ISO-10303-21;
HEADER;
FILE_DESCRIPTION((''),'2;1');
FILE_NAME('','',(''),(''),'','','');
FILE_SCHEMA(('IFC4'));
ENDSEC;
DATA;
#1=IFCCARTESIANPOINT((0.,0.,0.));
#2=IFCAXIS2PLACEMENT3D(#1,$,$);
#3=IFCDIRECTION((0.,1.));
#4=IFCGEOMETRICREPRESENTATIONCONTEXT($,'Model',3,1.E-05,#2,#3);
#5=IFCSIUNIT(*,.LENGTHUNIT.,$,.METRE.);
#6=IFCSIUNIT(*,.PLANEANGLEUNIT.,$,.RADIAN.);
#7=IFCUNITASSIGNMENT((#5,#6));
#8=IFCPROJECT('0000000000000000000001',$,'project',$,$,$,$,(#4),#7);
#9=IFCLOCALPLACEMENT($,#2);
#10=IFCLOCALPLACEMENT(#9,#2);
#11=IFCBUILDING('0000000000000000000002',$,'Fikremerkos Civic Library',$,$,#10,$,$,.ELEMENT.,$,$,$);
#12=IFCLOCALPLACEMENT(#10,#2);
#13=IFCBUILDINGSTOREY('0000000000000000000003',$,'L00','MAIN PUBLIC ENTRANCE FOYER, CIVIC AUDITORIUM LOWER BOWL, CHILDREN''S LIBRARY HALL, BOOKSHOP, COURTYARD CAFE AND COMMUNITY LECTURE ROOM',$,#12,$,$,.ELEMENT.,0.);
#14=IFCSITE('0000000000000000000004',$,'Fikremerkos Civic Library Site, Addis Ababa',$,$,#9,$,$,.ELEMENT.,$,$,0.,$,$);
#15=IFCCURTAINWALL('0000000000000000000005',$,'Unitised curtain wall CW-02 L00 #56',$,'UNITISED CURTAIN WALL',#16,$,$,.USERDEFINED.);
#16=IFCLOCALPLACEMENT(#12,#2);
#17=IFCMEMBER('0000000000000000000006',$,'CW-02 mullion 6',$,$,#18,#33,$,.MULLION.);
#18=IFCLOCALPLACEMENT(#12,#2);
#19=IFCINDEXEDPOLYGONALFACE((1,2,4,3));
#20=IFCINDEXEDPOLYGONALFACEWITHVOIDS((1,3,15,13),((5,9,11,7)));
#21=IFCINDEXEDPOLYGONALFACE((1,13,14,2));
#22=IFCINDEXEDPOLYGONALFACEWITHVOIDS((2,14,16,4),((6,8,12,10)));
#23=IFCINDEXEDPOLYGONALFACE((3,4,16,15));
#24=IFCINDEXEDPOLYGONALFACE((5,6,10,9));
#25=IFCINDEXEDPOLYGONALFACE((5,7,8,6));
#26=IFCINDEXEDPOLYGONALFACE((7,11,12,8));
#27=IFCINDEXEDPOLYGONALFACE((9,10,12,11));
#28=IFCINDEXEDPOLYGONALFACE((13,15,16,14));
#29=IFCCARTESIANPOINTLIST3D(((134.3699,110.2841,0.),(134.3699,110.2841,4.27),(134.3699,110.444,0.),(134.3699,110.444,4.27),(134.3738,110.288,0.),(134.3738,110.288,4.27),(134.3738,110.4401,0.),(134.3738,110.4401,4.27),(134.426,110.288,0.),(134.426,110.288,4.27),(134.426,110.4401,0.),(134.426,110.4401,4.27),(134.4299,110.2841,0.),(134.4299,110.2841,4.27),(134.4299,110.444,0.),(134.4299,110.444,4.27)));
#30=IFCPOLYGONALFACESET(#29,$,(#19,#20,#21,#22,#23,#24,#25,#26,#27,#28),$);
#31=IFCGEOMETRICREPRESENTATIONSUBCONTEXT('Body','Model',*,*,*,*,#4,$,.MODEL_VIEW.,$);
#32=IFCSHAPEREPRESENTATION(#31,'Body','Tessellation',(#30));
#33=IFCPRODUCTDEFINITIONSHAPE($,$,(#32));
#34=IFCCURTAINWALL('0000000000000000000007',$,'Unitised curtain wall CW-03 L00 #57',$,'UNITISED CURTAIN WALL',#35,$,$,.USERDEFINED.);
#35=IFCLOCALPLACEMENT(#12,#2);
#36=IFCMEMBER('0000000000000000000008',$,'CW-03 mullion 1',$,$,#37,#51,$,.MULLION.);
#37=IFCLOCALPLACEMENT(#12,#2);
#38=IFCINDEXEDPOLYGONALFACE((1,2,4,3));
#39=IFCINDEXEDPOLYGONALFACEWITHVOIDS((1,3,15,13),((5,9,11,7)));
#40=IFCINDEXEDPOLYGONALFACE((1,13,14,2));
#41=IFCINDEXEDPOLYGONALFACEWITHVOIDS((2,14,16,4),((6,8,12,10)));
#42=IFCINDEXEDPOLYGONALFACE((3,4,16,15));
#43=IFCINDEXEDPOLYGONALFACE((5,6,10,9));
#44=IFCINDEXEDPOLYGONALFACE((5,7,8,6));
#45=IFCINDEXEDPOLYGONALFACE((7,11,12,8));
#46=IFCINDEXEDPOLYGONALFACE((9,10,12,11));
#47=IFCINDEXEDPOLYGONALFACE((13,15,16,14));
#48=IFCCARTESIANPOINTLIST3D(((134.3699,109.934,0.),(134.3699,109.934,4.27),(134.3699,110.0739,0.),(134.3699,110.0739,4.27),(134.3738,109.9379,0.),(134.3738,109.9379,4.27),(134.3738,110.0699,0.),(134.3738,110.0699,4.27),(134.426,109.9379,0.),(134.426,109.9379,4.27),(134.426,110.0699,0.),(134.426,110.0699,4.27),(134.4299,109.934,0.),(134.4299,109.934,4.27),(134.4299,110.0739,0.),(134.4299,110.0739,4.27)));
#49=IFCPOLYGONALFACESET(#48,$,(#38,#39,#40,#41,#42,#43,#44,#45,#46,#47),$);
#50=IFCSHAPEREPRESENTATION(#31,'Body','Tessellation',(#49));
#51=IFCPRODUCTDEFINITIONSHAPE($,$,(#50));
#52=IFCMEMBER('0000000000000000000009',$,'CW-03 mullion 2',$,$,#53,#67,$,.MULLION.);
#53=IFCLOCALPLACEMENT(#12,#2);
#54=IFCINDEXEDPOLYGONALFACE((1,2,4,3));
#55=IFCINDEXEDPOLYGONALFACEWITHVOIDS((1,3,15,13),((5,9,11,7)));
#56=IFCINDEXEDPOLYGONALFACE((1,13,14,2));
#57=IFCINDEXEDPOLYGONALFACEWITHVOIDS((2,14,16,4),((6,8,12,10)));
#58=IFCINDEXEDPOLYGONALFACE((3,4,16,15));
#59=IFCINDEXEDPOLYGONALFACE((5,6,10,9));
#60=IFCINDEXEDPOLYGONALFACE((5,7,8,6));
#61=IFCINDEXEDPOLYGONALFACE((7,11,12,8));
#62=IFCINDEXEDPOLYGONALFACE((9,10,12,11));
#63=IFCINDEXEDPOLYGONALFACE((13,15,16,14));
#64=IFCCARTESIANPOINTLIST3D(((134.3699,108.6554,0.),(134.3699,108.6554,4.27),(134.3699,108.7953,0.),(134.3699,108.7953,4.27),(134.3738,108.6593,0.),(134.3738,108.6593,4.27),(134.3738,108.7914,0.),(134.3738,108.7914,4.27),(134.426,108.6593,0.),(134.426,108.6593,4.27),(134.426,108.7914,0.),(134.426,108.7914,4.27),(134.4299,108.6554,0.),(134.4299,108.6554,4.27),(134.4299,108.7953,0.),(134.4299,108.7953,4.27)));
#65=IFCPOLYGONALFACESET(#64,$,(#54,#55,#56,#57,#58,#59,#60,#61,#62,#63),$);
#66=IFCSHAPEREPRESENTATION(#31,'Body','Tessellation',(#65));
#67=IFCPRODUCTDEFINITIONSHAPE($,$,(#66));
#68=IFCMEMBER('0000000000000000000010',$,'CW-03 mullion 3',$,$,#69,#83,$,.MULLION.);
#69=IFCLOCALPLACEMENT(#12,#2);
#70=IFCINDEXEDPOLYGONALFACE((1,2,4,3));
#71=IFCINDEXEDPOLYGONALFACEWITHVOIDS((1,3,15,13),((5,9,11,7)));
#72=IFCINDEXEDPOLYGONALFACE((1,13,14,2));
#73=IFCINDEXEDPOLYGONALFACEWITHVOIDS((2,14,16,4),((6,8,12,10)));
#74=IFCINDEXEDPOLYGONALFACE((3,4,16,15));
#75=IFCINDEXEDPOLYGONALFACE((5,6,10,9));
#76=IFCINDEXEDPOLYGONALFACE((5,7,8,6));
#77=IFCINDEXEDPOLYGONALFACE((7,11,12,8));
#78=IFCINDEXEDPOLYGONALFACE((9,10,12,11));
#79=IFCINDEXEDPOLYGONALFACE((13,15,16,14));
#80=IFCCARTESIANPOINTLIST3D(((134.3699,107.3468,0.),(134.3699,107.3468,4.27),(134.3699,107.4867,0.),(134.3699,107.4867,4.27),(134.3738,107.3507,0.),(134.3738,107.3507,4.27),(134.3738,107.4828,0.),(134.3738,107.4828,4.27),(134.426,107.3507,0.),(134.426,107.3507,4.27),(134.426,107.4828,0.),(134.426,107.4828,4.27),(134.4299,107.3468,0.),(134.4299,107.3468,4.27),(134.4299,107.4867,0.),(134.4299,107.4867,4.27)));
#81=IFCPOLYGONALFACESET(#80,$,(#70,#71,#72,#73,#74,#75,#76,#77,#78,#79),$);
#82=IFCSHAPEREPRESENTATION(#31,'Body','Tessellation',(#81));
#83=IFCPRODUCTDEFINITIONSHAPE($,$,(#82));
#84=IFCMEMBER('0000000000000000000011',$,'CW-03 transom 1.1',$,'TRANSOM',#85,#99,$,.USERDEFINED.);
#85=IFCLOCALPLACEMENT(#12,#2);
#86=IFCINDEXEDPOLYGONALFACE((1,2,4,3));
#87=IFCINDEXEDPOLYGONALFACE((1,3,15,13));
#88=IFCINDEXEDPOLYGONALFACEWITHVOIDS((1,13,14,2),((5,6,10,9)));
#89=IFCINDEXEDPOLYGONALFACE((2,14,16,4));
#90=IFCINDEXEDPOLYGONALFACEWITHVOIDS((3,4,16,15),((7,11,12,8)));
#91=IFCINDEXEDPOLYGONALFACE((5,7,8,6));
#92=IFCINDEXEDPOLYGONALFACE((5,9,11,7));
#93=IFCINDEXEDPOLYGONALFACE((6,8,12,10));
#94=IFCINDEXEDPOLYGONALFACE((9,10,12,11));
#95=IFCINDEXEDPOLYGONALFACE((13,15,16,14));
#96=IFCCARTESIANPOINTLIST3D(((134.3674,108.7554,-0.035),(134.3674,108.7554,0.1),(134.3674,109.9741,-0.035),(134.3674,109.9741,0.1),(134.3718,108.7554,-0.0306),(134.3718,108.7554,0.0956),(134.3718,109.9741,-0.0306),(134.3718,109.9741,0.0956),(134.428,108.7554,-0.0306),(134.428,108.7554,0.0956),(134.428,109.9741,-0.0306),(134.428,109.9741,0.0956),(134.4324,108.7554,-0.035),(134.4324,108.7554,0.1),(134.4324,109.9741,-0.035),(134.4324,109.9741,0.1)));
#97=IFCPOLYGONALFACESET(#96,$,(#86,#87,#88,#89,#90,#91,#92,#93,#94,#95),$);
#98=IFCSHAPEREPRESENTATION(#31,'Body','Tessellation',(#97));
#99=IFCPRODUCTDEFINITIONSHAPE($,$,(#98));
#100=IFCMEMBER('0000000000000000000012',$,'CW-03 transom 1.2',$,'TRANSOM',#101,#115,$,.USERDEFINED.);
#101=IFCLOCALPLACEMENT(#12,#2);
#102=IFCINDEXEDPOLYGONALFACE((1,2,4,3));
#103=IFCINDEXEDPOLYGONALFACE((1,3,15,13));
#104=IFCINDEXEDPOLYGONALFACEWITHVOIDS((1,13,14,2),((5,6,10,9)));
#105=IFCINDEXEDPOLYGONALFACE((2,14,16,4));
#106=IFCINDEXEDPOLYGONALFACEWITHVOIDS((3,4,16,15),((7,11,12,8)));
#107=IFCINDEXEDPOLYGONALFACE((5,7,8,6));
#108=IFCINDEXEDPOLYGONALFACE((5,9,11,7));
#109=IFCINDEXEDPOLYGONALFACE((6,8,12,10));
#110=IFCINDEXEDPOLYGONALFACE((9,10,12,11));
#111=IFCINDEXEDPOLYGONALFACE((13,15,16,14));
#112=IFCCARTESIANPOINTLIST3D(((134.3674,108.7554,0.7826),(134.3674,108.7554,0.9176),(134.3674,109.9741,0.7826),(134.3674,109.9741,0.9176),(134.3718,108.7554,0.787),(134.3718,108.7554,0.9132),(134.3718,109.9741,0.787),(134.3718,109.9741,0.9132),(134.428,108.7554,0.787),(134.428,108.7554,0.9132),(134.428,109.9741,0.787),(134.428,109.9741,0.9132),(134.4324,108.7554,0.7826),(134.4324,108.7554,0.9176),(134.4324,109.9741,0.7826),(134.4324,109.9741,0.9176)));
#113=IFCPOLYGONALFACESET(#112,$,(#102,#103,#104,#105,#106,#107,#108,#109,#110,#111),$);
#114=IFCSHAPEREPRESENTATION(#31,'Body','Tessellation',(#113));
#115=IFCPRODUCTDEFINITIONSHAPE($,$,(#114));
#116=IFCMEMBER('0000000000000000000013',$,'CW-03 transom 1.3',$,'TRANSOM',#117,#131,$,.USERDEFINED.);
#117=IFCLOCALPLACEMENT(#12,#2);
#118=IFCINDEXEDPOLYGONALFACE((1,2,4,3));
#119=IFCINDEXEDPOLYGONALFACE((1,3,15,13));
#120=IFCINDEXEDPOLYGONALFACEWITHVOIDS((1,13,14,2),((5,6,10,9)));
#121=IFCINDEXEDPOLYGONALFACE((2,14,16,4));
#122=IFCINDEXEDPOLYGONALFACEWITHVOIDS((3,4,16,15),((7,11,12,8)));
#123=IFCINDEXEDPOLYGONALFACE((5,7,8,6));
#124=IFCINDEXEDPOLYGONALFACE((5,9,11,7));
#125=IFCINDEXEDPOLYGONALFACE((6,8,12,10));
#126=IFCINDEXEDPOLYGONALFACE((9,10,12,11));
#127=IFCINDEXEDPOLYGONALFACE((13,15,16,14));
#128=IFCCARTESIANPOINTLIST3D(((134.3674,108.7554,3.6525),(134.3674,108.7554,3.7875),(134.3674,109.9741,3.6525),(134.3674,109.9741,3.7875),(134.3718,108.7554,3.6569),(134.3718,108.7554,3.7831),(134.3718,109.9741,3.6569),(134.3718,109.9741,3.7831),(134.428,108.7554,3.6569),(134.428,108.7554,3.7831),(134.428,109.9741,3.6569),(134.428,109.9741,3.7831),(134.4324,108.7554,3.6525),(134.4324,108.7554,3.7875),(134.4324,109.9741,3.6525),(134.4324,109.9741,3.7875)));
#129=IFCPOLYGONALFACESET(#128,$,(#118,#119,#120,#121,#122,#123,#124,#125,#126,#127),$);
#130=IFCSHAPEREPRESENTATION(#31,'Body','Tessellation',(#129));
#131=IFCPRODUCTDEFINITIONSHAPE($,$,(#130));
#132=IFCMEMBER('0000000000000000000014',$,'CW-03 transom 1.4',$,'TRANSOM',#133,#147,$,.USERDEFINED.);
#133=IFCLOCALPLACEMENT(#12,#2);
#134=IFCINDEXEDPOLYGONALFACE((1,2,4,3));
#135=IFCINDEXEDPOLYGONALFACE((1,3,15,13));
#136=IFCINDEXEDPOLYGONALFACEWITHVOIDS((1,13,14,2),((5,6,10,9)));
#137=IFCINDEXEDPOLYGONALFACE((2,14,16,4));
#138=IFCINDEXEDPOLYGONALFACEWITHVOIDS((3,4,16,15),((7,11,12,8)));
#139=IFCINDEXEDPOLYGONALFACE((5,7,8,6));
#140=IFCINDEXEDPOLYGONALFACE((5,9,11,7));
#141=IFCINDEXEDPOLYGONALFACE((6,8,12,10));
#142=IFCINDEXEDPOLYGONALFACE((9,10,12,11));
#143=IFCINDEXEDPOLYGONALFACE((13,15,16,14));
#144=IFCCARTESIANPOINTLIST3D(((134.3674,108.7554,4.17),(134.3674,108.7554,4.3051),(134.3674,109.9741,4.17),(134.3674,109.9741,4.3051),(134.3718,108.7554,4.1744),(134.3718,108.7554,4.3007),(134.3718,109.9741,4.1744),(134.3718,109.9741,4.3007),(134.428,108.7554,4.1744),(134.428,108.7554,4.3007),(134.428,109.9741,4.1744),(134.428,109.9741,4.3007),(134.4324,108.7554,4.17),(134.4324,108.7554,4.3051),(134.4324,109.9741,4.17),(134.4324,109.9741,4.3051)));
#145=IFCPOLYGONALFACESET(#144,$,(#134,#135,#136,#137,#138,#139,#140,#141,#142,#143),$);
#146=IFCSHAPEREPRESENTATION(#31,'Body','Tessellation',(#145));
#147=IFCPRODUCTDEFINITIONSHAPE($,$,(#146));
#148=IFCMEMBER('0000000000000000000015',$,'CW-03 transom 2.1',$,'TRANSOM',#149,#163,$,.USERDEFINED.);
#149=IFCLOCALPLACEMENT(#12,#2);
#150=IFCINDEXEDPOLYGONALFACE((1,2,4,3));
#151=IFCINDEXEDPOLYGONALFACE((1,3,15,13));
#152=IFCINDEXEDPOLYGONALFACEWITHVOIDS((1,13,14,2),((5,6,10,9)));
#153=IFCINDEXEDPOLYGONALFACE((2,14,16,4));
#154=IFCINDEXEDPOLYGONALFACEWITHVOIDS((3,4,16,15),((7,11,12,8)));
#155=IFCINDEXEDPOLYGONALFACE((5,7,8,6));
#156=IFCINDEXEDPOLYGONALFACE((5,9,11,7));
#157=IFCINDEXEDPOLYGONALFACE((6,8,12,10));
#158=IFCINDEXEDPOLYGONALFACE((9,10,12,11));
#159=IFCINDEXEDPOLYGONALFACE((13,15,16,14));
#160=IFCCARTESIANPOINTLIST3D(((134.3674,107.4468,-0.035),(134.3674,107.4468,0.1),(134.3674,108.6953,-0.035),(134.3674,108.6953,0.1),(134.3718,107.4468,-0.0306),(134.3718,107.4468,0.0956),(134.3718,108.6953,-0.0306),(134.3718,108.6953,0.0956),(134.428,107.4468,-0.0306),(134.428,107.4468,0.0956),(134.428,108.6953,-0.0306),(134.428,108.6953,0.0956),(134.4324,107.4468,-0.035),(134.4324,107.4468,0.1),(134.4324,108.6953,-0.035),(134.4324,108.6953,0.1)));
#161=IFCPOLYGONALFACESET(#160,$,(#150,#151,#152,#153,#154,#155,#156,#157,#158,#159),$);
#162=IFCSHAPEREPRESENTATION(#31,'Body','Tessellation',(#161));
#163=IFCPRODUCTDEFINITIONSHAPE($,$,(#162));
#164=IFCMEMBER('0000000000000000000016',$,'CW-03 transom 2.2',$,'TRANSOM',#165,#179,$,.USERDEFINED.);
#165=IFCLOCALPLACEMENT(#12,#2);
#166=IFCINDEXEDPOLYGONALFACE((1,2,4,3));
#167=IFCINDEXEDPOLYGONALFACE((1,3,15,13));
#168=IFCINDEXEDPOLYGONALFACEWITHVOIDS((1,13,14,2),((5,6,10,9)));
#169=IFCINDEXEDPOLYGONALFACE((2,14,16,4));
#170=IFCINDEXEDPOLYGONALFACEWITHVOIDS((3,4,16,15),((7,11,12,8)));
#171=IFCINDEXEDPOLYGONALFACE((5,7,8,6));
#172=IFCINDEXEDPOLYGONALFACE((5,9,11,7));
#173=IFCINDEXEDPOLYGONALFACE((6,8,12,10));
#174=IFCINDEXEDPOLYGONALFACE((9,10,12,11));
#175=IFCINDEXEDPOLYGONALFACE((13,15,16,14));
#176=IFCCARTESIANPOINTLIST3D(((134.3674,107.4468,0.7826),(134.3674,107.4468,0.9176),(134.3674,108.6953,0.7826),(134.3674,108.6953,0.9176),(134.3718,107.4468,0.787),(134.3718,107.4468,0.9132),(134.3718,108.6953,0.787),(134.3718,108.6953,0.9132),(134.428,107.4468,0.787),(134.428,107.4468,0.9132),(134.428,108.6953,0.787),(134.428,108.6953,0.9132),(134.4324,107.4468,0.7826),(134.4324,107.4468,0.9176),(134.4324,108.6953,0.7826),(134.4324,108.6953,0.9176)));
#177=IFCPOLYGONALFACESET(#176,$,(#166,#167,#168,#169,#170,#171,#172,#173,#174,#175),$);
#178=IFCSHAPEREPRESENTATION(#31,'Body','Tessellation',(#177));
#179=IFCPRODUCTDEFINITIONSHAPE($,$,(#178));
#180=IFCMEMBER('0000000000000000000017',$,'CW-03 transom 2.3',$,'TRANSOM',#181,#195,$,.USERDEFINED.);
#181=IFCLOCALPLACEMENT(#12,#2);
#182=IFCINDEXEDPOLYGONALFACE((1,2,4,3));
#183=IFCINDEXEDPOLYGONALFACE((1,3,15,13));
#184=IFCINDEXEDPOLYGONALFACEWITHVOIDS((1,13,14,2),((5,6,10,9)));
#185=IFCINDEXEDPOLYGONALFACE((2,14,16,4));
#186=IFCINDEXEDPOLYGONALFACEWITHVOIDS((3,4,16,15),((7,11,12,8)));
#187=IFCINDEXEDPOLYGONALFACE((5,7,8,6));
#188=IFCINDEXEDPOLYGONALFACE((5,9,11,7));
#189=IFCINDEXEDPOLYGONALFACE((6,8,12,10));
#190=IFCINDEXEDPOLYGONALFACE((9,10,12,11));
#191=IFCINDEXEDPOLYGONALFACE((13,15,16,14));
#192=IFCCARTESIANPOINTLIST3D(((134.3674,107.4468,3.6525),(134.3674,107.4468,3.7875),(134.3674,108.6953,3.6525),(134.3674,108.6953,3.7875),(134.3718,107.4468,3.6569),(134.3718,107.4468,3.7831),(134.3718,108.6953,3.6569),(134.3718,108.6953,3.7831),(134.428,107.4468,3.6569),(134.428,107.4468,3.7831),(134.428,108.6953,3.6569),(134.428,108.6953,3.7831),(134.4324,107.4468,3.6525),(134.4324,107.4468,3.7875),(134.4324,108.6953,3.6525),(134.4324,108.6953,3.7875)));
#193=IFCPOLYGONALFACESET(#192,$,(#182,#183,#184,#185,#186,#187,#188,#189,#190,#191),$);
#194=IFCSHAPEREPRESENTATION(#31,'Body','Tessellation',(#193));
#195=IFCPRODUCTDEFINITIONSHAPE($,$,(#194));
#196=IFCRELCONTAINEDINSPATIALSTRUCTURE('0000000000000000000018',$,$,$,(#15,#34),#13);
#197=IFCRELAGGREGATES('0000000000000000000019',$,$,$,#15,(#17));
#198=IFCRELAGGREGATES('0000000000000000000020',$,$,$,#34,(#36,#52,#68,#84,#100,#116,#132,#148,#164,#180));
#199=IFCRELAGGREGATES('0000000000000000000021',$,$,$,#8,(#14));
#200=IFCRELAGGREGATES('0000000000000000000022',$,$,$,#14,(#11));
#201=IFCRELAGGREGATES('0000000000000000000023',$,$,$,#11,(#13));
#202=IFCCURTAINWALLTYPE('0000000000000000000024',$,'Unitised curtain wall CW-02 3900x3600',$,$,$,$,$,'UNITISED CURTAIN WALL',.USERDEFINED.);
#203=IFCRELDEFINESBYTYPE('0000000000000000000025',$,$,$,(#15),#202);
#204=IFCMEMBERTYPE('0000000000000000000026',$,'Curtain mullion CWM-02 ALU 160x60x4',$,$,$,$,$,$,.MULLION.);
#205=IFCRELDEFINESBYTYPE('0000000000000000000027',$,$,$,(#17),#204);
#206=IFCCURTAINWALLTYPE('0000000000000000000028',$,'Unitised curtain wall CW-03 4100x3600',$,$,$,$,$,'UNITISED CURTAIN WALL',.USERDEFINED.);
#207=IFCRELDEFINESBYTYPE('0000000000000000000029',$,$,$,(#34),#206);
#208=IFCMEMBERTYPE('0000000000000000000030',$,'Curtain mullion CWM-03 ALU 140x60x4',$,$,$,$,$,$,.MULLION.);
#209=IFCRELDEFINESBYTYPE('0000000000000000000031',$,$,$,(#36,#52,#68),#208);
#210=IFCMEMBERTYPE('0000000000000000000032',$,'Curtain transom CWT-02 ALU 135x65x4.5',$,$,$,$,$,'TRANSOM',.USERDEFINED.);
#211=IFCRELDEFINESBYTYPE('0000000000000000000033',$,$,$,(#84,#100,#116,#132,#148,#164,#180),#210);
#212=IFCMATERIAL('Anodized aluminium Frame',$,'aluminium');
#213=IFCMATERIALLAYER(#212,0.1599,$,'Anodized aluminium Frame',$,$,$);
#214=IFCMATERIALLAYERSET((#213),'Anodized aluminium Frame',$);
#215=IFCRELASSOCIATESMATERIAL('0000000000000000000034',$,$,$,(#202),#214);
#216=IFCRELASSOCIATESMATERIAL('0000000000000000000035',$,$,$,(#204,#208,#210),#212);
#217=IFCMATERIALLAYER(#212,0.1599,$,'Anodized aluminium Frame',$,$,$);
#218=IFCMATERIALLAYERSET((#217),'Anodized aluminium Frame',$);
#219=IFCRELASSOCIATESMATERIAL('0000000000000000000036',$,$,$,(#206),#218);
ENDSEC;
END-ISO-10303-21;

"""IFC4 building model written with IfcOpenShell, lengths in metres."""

from ifc_helpers import new_model, si_unit, direction, frame, origin, origin_2d, place, context, subcontext, project, spatial, hollow_rectangle, extrude, material, layer, layer_set, material_profile, profile_set, type_object, element, aggregate, save


model = new_model("IFC4")

# Units and contexts
model_context = context("Model", 3, precision=1e-05, world=origin(), true_north=direction((0.0, 1.0)))
body_context = subcontext(model_context, "Body", "Model", "MODEL_VIEW")
ifc_project = project(units=[si_unit("LENGTHUNIT", "METRE"), si_unit("PLANEANGLEUNIT", "RADIAN")], contexts=[model_context])

# Site, building, storey
site_placement = place(None, origin())
site = spatial("IfcSite", under=ifc_project, at=site_placement, Name="Fikremerkos Civic Library Site, Addis Ababa", CompositionType="ELEMENT", RefElevation=0.0)
building_placement = place(site_placement, origin())
building = spatial("IfcBuilding", under=site, at=building_placement, Name="Fikremerkos Civic Library", CompositionType="ELEMENT")
storey_placement = place(building_placement, origin())
storey = spatial("IfcBuildingStorey", under=building, at=storey_placement, Name="L00", Description="MAIN PUBLIC ENTRANCE FOYER, CIVIC AUDITORIUM LOWER BOWL, CHILDREN'S LIBRARY HALL, BOOKSHOP, COURTYARD CAFE AND COMMUNITY LECTURE ROOM", CompositionType="ELEMENT", Elevation=0.0)

# Curtain wall, member
ifc_material_1 = material(Name="Anodized aluminium Frame", Category="aluminium")
ifc_layer_1 = layer(ifc_material_1, 0.1599, Name="Anodized aluminium Frame")
ifc_layer_set_1 = layer_set([ifc_layer_1], Name="Anodized aluminium Frame")
curtain_wall_type_1 = type_object("IfcCurtainWallType", Name="Unitised curtain wall CW-02 3900x3600", ElementType="UNITISED CURTAIN WALL", PredefinedType="USERDEFINED", material=ifc_layer_set_1)
curtain_wall_1_placement = place(storey_placement, origin())
curtain_wall_1 = element("IfcCurtainWall", 1, at=curtain_wall_1_placement, inside=storey, type_object=curtain_wall_type_1, Name="Unitised curtain wall CW-02 L00 #56", ObjectType="UNITISED CURTAIN WALL", PredefinedType="USERDEFINED")
ifc_material_profile_1 = material_profile(ifc_material_1, hollow_rectangle(XDim=0.0601, YDim=0.1599, WallThickness=0.0039, at=origin_2d()), Name="ALU 160x60x4")
ifc_profile_set_1 = profile_set([ifc_material_profile_1], Name="Anodized aluminium Frame")
member_type_1 = type_object("IfcMemberType", Name="Curtain mullion CWM-02 ALU 160x60x4", PredefinedType="MULLION", material=ifc_profile_set_1)
member_1_placement = place(storey_placement, frame((134.3999, 110.364, 0.0), z_axis=(0.0, 0.0, 1.0), x_axis=(1.0, 0.0, 0.0)))
member_1 = element("IfcMember", 2, at=member_1_placement, type_object=member_type_1, Name="CW-02 mullion 6", PredefinedType="MULLION", context=body_context, shape_type="SweptSolid", body=[
    extrude(hollow_rectangle(XDim=0.0601, YDim=0.1599, WallThickness=0.0039, at=origin_2d()), origin(), (0.0, 0.0, 1.0), 4.27),
])

# Curtain wall, members
ifc_layer_2 = layer(ifc_material_1, 0.1599, Name="Anodized aluminium Frame")
ifc_layer_set_2 = layer_set([ifc_layer_2], Name="Anodized aluminium Frame")
curtain_wall_type_2 = type_object("IfcCurtainWallType", Name="Unitised curtain wall CW-03 4100x3600", ElementType="UNITISED CURTAIN WALL", PredefinedType="USERDEFINED", material=ifc_layer_set_2)
curtain_wall_2_placement = place(storey_placement, origin())
curtain_wall_2 = element("IfcCurtainWall", 3, at=curtain_wall_2_placement, inside=storey, type_object=curtain_wall_type_2, Name="Unitised curtain wall CW-03 L00 #57", ObjectType="UNITISED CURTAIN WALL", PredefinedType="USERDEFINED")
ifc_material_profile_2 = material_profile(ifc_material_1, hollow_rectangle(XDim=0.0601, YDim=0.1399, WallThickness=0.0039, at=origin_2d()), Name="ALU 140x60x4")
ifc_profile_set_2 = profile_set([ifc_material_profile_2], Name="Anodized aluminium Frame")
member_type_2 = type_object("IfcMemberType", Name="Curtain mullion CWM-03 ALU 140x60x4", PredefinedType="MULLION", material=ifc_profile_set_2)
member_2_placement = place(storey_placement, frame((134.3999, 110.0039, 0.0), z_axis=(0.0, 0.0, 1.0), x_axis=(1.0, 0.0, 0.0)))
member_2 = element("IfcMember", 4, at=member_2_placement, type_object=member_type_2, Name="CW-03 mullion 1", PredefinedType="MULLION", context=body_context, shape_type="SweptSolid", body=[
    extrude(hollow_rectangle(XDim=0.0601, YDim=0.1399, WallThickness=0.0039, at=origin_2d()), origin(), (0.0, 0.0, 1.0), 4.27),
])
member_3_placement = place(storey_placement, frame((134.3999, 108.7253, 0.0), z_axis=(0.0, 0.0, 1.0), x_axis=(1.0, 0.0, 0.0)))
member_3 = element("IfcMember", 5, at=member_3_placement, type_object=member_type_2, Name="CW-03 mullion 2", PredefinedType="MULLION", context=body_context, shape_type="SweptSolid", body=[
    extrude(hollow_rectangle(XDim=0.0601, YDim=0.1399, WallThickness=0.0039, at=origin_2d()), origin(), (0.0, 0.0, 1.0), 4.27),
])
member_4_placement = place(storey_placement, frame((134.3999, 107.4167, 0.0), z_axis=(0.0, 0.0, 1.0), x_axis=(1.0, 0.0, 0.0)))
member_4 = element("IfcMember", 6, at=member_4_placement, type_object=member_type_2, Name="CW-03 mullion 3", PredefinedType="MULLION", context=body_context, shape_type="SweptSolid", body=[
    extrude(hollow_rectangle(XDim=0.0601, YDim=0.1399, WallThickness=0.0039, at=origin_2d()), origin(), (0.0, 0.0, 1.0), 4.27),
])
ifc_material_profile_3 = material_profile(ifc_material_1, hollow_rectangle(XDim=0.0649, YDim=0.135, WallThickness=0.0044, at=origin_2d()), Name="ALU 135x65x4.5")
ifc_profile_set_3 = profile_set([ifc_material_profile_3], Name="Anodized aluminium Frame")
member_type_3 = type_object("IfcMemberType", Name="Curtain transom CWT-02 ALU 135x65x4.5", ElementType="TRANSOM", PredefinedType="USERDEFINED", material=ifc_profile_set_3)
member_5_placement = place(storey_placement, frame((134.3999, 109.9741, 0.0325), z_axis=(0.0, -1.0, 0.0), x_axis=(1.0, 0.0, 0.0)))
member_5 = element("IfcMember", 7, at=member_5_placement, type_object=member_type_3, Name="CW-03 transom 1.1", ObjectType="TRANSOM", PredefinedType="USERDEFINED", context=body_context, shape_type="SweptSolid", body=[
    extrude(hollow_rectangle(XDim=0.0649, YDim=0.135, WallThickness=0.0044, at=origin_2d()), origin(), (0.0, 0.0, 1.0), 1.2188),
])
member_6_placement = place(storey_placement, frame((134.3999, 109.9741, 0.8501), z_axis=(0.0, -1.0, 0.0), x_axis=(1.0, 0.0, 0.0)))
member_6 = element("IfcMember", 8, at=member_6_placement, type_object=member_type_3, Name="CW-03 transom 1.2", ObjectType="TRANSOM", PredefinedType="USERDEFINED", context=body_context, shape_type="SweptSolid", body=[
    extrude(hollow_rectangle(XDim=0.0649, YDim=0.135, WallThickness=0.0044, at=origin_2d()), origin(), (0.0, 0.0, 1.0), 1.2188),
])
member_7_placement = place(storey_placement, frame((134.3999, 109.9741, 3.72), z_axis=(0.0, -1.0, 0.0), x_axis=(1.0, 0.0, 0.0)))
member_7 = element("IfcMember", 9, at=member_7_placement, type_object=member_type_3, Name="CW-03 transom 1.3", ObjectType="TRANSOM", PredefinedType="USERDEFINED", context=body_context, shape_type="SweptSolid", body=[
    extrude(hollow_rectangle(XDim=0.0649, YDim=0.135, WallThickness=0.0044, at=origin_2d()), origin(), (0.0, 0.0, 1.0), 1.2188),
])
member_8_placement = place(storey_placement, frame((134.3999, 109.9741, 4.2375), z_axis=(0.0, -1.0, 0.0), x_axis=(1.0, 0.0, 0.0)))
member_8 = element("IfcMember", 10, at=member_8_placement, type_object=member_type_3, Name="CW-03 transom 1.4", ObjectType="TRANSOM", PredefinedType="USERDEFINED", context=body_context, shape_type="SweptSolid", body=[
    extrude(hollow_rectangle(XDim=0.0649, YDim=0.135, WallThickness=0.0044, at=origin_2d()), origin(), (0.0, 0.0, 1.0), 1.2188),
])
member_9_placement = place(storey_placement, frame((134.3999, 108.6953, 0.0325), z_axis=(0.0, -1.0, 0.0), x_axis=(1.0, 0.0, 0.0)))
member_9 = element("IfcMember", 11, at=member_9_placement, type_object=member_type_3, Name="CW-03 transom 2.1", ObjectType="TRANSOM", PredefinedType="USERDEFINED", context=body_context, shape_type="SweptSolid", body=[
    extrude(hollow_rectangle(XDim=0.0649, YDim=0.135, WallThickness=0.0044, at=origin_2d()), origin(), (0.0, 0.0, 1.0), 1.2485),
])
member_10_placement = place(storey_placement, frame((134.3999, 108.6953, 0.8501), z_axis=(0.0, -1.0, 0.0), x_axis=(1.0, 0.0, 0.0)))
member_10 = element("IfcMember", 12, at=member_10_placement, type_object=member_type_3, Name="CW-03 transom 2.2", ObjectType="TRANSOM", PredefinedType="USERDEFINED", context=body_context, shape_type="SweptSolid", body=[
    extrude(hollow_rectangle(XDim=0.0649, YDim=0.135, WallThickness=0.0044, at=origin_2d()), origin(), (0.0, 0.0, 1.0), 1.2485),
])
member_11_placement = place(storey_placement, frame((134.3999, 108.6953, 3.72), z_axis=(0.0, -1.0, 0.0), x_axis=(1.0, 0.0, 0.0)))
member_11 = element("IfcMember", 13, at=member_11_placement, type_object=member_type_3, Name="CW-03 transom 2.3", ObjectType="TRANSOM", PredefinedType="USERDEFINED", context=body_context, shape_type="SweptSolid", body=[
    extrude(hollow_rectangle(XDim=0.0649, YDim=0.135, WallThickness=0.0044, at=origin_2d()), origin(), (0.0, 0.0, 1.0), 1.2485),
])

aggregate(curtain_wall_1, [member_1])
aggregate(curtain_wall_2, [member_2, member_3, member_4, member_5, member_6, member_7, member_8, member_9, member_10, member_11])

save(model, "model.ifc")
